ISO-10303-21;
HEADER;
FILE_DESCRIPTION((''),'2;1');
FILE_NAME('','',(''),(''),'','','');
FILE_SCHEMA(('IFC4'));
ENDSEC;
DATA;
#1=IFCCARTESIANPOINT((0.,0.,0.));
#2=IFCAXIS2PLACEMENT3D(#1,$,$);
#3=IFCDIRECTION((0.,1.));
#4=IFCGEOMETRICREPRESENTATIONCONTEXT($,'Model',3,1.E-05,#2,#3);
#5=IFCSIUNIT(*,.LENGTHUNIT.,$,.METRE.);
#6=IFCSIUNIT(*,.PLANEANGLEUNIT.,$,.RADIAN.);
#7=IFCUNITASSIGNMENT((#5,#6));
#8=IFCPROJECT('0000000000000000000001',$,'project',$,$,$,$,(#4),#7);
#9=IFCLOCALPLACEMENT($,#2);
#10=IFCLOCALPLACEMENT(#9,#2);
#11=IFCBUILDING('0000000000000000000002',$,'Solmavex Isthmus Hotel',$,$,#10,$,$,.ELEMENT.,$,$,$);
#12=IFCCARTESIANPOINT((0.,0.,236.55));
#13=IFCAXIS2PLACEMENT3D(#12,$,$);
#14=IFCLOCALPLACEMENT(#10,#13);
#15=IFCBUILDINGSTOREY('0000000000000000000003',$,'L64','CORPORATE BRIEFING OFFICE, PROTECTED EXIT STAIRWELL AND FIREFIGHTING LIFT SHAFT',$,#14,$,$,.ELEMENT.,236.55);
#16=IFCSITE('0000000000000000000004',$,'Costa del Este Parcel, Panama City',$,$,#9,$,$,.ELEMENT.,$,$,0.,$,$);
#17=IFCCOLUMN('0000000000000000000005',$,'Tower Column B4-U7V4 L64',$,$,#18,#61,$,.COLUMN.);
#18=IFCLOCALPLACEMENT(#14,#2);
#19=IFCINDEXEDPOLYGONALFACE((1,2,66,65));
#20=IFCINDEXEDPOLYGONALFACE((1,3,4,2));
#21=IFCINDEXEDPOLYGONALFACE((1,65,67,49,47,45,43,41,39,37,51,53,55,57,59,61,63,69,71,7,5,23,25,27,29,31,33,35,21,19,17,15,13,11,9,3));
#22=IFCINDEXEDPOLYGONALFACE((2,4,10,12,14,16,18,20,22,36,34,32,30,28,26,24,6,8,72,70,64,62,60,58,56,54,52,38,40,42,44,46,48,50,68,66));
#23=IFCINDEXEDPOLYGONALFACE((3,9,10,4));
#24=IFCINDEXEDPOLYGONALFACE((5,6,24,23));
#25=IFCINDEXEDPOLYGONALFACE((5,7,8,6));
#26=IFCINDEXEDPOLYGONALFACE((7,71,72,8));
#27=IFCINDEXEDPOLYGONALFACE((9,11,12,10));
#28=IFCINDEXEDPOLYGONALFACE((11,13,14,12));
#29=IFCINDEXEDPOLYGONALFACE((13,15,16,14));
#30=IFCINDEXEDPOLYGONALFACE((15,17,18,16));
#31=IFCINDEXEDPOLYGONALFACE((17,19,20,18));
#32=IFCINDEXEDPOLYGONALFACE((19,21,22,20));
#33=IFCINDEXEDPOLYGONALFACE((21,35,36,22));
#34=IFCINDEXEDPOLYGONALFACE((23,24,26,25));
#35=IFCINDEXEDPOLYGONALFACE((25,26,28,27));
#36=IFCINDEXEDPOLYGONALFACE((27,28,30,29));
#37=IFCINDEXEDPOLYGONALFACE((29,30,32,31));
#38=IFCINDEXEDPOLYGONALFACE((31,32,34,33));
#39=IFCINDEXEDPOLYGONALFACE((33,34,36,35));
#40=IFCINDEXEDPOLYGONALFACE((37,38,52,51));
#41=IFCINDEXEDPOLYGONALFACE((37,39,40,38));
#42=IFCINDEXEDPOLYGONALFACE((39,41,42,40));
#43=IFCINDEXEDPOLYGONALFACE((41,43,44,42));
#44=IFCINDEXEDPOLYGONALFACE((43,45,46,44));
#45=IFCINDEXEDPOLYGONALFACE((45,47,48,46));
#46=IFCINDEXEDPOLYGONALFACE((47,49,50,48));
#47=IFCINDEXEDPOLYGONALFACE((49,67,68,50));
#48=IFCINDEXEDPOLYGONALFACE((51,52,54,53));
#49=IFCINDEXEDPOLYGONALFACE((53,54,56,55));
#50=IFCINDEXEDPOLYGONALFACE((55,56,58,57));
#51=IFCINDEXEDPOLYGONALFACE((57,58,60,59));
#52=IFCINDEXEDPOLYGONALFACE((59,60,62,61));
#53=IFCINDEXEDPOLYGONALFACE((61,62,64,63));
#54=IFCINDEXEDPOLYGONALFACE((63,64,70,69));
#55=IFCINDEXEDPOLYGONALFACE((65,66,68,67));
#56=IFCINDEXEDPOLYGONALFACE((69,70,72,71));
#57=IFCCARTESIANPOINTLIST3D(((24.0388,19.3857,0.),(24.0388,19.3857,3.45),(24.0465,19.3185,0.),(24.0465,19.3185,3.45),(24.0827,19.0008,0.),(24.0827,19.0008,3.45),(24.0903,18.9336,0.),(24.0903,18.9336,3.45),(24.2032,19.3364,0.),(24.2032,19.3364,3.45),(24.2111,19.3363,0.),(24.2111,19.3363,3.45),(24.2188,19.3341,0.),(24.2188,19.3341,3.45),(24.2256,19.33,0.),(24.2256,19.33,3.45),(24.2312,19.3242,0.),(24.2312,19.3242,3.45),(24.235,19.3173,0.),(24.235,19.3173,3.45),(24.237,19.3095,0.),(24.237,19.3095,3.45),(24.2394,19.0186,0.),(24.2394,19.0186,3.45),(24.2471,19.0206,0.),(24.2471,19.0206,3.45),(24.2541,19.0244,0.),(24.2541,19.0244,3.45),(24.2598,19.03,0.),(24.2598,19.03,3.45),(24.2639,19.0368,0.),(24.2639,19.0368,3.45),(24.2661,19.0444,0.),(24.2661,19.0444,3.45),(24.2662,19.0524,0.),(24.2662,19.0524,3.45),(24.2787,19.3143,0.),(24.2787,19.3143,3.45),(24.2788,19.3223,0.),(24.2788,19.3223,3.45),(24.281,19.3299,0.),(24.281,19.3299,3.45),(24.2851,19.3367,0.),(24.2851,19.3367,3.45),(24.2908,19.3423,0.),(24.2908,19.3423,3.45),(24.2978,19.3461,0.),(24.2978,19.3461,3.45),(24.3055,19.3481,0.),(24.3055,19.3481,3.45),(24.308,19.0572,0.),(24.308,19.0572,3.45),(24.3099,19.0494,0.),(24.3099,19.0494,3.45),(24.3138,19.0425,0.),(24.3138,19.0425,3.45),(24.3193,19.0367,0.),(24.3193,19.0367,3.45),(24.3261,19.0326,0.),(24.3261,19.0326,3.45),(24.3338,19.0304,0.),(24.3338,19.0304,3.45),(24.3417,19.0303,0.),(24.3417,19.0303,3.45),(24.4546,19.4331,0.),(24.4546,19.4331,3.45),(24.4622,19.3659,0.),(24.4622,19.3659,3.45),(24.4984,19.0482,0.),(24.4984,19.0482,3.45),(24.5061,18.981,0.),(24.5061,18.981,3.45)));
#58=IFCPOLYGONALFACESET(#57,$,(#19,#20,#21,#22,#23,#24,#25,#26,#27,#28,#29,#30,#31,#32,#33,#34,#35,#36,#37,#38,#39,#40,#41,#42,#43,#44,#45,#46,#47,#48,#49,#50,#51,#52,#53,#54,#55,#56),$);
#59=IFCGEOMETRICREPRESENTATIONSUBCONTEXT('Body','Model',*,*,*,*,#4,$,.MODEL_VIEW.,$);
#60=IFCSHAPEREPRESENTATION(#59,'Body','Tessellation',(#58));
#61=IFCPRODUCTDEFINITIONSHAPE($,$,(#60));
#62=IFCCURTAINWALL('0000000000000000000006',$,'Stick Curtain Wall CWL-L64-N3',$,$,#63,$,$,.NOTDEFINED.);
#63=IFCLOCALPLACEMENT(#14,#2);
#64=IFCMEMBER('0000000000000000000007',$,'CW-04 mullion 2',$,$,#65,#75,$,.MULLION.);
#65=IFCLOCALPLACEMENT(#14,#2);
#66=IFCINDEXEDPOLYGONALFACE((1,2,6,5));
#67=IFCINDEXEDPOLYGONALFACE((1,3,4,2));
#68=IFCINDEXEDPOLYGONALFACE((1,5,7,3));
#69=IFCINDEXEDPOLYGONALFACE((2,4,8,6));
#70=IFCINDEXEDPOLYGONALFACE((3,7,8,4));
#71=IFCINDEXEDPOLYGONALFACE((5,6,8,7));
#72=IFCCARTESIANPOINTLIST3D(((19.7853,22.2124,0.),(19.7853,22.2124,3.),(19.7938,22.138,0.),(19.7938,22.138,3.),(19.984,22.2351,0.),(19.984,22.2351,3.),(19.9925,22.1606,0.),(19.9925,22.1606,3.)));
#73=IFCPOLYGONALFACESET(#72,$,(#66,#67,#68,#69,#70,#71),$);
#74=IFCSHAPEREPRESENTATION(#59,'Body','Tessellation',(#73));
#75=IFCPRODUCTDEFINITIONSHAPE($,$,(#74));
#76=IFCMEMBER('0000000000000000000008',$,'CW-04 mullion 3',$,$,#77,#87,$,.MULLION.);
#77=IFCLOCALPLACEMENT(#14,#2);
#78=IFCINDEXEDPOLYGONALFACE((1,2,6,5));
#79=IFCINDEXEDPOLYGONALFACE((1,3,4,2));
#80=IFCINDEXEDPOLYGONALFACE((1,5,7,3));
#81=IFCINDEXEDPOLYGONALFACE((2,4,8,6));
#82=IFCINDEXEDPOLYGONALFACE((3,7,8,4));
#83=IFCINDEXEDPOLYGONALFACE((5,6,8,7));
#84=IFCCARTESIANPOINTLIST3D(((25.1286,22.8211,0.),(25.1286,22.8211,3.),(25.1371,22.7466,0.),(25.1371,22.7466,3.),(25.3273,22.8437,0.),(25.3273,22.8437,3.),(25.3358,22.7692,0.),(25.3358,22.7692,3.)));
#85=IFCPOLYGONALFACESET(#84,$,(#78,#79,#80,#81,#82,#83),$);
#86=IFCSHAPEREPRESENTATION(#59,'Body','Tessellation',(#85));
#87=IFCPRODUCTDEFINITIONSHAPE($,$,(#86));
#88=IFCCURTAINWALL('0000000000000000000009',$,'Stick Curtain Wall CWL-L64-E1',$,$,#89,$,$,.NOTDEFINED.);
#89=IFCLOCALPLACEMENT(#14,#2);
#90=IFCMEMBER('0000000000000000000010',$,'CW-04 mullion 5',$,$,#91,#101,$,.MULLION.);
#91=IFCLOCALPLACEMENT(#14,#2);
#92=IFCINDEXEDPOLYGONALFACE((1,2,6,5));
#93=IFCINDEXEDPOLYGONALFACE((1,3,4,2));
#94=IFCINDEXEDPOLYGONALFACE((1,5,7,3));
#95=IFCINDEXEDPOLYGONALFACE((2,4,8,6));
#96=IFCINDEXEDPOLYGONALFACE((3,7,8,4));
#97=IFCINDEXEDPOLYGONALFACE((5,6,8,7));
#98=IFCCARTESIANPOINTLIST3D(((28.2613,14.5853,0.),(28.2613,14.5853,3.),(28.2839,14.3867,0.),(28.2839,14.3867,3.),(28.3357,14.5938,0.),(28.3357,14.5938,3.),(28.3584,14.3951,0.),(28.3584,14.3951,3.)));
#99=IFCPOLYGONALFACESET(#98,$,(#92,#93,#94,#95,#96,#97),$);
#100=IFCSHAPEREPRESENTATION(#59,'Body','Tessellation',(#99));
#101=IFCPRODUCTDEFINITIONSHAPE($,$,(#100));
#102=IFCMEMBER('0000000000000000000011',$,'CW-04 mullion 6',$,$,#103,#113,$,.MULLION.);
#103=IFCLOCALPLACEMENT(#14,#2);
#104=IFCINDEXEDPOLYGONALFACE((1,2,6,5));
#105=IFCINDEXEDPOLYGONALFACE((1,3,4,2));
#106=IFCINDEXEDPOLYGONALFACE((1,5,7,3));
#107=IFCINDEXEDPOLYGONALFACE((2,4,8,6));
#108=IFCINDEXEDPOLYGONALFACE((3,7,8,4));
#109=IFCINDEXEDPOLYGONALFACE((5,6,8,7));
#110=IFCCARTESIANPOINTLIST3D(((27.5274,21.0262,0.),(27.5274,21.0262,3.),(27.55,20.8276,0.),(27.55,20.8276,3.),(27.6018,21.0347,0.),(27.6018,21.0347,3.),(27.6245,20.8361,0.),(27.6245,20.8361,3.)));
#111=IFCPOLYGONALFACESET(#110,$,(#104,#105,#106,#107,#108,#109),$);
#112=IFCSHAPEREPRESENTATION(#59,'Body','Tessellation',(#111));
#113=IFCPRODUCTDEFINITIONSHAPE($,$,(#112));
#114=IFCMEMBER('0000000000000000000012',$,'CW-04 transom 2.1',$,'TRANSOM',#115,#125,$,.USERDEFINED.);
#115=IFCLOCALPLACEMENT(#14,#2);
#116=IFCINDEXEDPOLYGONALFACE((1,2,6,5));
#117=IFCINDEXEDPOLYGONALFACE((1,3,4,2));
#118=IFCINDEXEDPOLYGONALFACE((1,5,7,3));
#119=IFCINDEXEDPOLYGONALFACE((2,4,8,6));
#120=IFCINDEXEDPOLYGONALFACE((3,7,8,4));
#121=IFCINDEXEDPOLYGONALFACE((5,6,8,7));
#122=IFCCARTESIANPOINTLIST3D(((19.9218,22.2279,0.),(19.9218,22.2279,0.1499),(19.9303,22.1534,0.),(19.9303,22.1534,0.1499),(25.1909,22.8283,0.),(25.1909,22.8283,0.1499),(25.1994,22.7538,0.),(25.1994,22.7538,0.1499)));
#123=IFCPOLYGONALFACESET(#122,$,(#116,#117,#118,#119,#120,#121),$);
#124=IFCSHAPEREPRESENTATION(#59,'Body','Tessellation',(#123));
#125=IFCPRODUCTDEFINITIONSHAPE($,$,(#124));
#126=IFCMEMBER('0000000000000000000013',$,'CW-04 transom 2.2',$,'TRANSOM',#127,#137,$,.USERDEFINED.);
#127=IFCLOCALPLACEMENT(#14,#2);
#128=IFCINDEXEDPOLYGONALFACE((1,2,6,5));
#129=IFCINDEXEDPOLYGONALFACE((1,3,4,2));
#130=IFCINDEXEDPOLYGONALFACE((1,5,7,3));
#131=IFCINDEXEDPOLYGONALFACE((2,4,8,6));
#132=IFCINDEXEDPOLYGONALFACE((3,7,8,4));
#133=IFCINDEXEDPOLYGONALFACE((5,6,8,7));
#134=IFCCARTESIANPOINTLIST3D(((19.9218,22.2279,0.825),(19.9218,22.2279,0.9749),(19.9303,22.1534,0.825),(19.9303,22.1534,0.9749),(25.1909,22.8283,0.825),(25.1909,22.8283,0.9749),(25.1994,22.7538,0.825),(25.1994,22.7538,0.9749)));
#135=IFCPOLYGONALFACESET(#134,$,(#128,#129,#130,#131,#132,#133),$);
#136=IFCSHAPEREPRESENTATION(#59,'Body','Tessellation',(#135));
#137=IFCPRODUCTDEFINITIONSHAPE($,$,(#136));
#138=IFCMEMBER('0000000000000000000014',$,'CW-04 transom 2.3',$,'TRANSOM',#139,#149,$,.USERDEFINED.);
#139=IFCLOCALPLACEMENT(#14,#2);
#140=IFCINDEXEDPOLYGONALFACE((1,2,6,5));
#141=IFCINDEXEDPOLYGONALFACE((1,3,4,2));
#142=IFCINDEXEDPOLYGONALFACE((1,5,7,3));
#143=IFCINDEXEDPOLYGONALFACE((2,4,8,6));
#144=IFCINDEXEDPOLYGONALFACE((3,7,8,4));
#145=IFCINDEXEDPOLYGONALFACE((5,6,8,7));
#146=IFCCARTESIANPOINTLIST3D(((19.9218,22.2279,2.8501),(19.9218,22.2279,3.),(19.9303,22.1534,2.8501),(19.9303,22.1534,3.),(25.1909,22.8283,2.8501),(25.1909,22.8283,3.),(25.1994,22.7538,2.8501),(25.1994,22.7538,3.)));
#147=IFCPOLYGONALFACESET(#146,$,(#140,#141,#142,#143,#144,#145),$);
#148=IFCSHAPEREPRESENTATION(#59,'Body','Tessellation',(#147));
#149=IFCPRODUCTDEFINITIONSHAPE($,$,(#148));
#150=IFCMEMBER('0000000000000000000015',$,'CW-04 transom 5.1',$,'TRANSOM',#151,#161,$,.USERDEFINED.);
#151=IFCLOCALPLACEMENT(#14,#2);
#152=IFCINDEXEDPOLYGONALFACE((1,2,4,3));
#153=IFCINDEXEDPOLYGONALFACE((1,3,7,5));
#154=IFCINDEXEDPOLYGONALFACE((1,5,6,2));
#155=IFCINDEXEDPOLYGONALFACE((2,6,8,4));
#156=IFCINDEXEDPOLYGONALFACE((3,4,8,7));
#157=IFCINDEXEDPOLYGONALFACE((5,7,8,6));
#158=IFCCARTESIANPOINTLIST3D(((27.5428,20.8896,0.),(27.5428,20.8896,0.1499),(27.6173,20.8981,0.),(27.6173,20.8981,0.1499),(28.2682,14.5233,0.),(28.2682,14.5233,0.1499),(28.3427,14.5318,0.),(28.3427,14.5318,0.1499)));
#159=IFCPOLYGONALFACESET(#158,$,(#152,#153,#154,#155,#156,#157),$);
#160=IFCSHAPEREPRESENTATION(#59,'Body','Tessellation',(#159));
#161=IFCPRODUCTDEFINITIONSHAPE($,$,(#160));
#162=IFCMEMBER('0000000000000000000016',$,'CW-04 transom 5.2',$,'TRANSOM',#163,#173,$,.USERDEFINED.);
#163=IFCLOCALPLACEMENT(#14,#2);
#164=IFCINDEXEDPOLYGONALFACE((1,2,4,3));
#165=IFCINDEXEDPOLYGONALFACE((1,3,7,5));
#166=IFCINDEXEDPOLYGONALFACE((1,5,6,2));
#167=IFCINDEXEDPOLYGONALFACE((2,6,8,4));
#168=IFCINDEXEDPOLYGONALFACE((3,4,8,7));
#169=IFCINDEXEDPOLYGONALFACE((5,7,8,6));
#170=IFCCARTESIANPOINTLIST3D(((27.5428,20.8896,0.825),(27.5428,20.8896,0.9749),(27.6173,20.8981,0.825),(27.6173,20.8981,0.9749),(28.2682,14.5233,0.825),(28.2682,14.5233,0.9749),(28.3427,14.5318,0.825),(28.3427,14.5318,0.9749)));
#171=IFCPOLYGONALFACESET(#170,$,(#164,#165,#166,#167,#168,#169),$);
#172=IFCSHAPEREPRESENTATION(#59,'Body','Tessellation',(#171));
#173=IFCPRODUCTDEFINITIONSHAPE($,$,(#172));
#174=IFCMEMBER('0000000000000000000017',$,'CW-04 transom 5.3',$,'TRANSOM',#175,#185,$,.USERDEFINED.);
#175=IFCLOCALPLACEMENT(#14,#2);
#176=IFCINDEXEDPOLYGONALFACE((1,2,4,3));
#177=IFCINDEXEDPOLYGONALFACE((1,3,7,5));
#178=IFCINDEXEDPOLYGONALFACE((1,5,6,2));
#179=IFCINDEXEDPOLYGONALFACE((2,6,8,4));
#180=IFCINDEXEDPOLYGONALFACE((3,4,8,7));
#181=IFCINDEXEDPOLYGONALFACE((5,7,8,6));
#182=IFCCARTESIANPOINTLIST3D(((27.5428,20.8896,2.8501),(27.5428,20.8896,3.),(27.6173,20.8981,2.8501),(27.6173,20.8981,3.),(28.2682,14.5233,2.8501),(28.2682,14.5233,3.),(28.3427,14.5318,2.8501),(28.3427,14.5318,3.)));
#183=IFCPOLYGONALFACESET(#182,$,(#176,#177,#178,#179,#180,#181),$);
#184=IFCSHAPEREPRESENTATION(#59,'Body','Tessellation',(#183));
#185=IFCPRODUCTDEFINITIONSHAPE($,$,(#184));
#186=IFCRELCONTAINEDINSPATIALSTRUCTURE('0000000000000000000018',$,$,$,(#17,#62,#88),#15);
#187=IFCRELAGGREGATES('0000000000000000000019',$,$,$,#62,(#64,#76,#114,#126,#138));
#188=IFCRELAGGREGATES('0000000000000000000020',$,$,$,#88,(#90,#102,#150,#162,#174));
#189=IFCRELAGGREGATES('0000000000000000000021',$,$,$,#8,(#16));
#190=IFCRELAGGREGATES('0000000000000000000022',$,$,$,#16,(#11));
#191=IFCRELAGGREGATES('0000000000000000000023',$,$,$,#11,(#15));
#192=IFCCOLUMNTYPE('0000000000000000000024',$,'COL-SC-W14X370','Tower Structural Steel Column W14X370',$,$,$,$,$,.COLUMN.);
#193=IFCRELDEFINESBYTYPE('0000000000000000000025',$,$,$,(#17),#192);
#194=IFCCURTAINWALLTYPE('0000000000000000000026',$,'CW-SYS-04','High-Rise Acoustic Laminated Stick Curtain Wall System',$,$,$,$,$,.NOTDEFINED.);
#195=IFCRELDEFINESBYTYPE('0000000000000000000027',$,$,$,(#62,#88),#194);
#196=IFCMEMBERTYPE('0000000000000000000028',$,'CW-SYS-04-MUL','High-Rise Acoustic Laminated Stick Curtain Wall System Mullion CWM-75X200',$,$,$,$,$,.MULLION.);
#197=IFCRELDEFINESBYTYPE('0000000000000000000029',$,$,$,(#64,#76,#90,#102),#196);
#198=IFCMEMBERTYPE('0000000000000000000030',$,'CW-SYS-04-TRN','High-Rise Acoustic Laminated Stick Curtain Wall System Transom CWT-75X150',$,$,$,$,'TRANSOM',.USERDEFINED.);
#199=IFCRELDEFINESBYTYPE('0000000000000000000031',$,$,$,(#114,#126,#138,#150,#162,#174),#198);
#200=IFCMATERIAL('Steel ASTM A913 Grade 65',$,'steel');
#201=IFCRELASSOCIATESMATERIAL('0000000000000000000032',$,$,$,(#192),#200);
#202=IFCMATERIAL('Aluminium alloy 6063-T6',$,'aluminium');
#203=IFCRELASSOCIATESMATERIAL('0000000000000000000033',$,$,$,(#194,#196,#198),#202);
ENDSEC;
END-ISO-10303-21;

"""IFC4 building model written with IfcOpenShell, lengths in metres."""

from ifc_helpers import new_model, si_unit, direction, frame, origin, origin_2d, place, context, subcontext, project, spatial, rectangle, i_section, extrude, material, material_profile, profile_set, type_object, element, aggregate, save


model = new_model("IFC4")

# Units and contexts
model_context = context("Model", 3, precision=1e-05, world=origin(), true_north=direction((0.0, 1.0)))
body_context = subcontext(model_context, "Body", "Model", "MODEL_VIEW")
ifc_project = project(units=[si_unit("LENGTHUNIT", "METRE"), si_unit("PLANEANGLEUNIT", "RADIAN")], contexts=[model_context])

# Site, building, storey
site_placement = place(None, origin())
site = spatial("IfcSite", under=ifc_project, at=site_placement, Name="Costa del Este Parcel, Panama City", CompositionType="ELEMENT", RefElevation=0.0)
building_placement = place(site_placement, origin())
building = spatial("IfcBuilding", under=site, at=building_placement, Name="Solmavex Isthmus Hotel", CompositionType="ELEMENT")
storey_placement = place(building_placement, frame((0.0, 0.0, 236.55)))
storey = spatial("IfcBuildingStorey", under=building, at=storey_placement, Name="L64", Description="CORPORATE BRIEFING OFFICE, PROTECTED EXIT STAIRWELL AND FIREFIGHTING LIFT SHAFT", CompositionType="ELEMENT", Elevation=236.55)

# Column
ifc_material_1 = material(Name="Steel ASTM A913 Grade 65", Category="steel")
ifc_material_profile_1 = material_profile(ifc_material_1, i_section(OverallWidth=0.4185, OverallDepth=0.4551, WebThickness=0.042, FlangeThickness=0.0676, FilletRadius=0.0305, at=origin_2d()), Name="W14X370")
ifc_profile_set_1 = profile_set([ifc_material_profile_1], Name="Steel ASTM A913 Grade 65")
column_type = type_object("IfcColumnType", Name="COL-SC-W14X370", Description="Tower Structural Steel Column W14X370", PredefinedType="COLUMN", material=ifc_profile_set_1)
column_placement = place(storey_placement, frame((24.2725, 19.1833, 0.0), z_axis=(0.0, 0.0, 1.0), x_axis=(0.993572, 0.113203, 0.0)))
element("IfcColumn", 1, at=column_placement, inside=storey, type_object=column_type, Name="Tower Column B4-U7V4 L64", PredefinedType="COLUMN", context=body_context, shape_type="SweptSolid", body=[
    extrude(i_section(OverallWidth=0.4185, OverallDepth=0.4551, WebThickness=0.042, FlangeThickness=0.0676, FilletRadius=0.0305, at=origin_2d()), origin(), (0.0, 0.0, 1.0), 3.45),
])

# Curtain walls, members
ifc_material_2 = material(Name="Aluminium alloy 6063-T6", Category="aluminium")
curtain_wall_type = type_object("IfcCurtainWallType", Name="CW-SYS-04", Description="High-Rise Acoustic Laminated Stick Curtain Wall System", PredefinedType="NOTDEFINED", material=ifc_material_2)
curtain_wall_1_placement = place(storey_placement, origin())
curtain_wall_1 = element("IfcCurtainWall", 2, at=curtain_wall_1_placement, inside=storey, type_object=curtain_wall_type, Name="Stick Curtain Wall CWL-L64-N3", PredefinedType="NOTDEFINED")
ifc_material_profile_2 = material_profile(ifc_material_2, rectangle(XDim=0.075, YDim=0.2, at=origin_2d()), Name="CWM-75X200")
ifc_profile_set_2 = profile_set([ifc_material_profile_2], Name="Aluminium alloy 6063-T6")
member_type_1 = type_object("IfcMemberType", Name="CW-SYS-04-MUL", Description="High-Rise Acoustic Laminated Stick Curtain Wall System Mullion CWM-75X200", PredefinedType="MULLION", material=ifc_profile_set_2)
member_1_placement = place(storey_placement, frame((19.8889, 22.1865, 0.0), z_axis=(0.0, 0.0, 1.0), x_axis=(-0.113204, 0.993572, 0.0)))
member_1 = element("IfcMember", 3, at=member_1_placement, type_object=member_type_1, Name="CW-04 mullion 2", PredefinedType="MULLION", context=body_context, shape_type="SweptSolid", body=[
    extrude(rectangle(XDim=0.075, YDim=0.2, at=origin_2d()), origin(), (0.0, 0.0, 1.0), 3.0),
])
member_2_placement = place(storey_placement, frame((25.2322, 22.7952, 0.0), z_axis=(0.0, 0.0, 1.0), x_axis=(-0.113204, 0.993572, 0.0)))
member_2 = element("IfcMember", 4, at=member_2_placement, type_object=member_type_1, Name="CW-04 mullion 3", PredefinedType="MULLION", context=body_context, shape_type="SweptSolid", body=[
    extrude(rectangle(XDim=0.075, YDim=0.2, at=origin_2d()), origin(), (0.0, 0.0, 1.0), 3.0),
])
curtain_wall_2_placement = place(storey_placement, origin())
curtain_wall_2 = element("IfcCurtainWall", 5, at=curtain_wall_2_placement, inside=storey, type_object=curtain_wall_type, Name="Stick Curtain Wall CWL-L64-E1", PredefinedType="NOTDEFINED")
member_3_placement = place(storey_placement, frame((28.3098, 14.4902, 0.0), z_axis=(0.0, 0.0, 1.0), x_axis=(-0.993572, -0.113203, 0.0)))
member_3 = element("IfcMember", 6, at=member_3_placement, type_object=member_type_1, Name="CW-04 mullion 5", PredefinedType="MULLION", context=body_context, shape_type="SweptSolid", body=[
    extrude(rectangle(XDim=0.075, YDim=0.2, at=origin_2d()), origin(), (0.0, 0.0, 1.0), 3.0),
])
member_4_placement = place(storey_placement, frame((27.5759, 20.9312, 0.0), z_axis=(0.0, 0.0, 1.0), x_axis=(-0.993572, -0.113203, 0.0)))
member_4 = element("IfcMember", 7, at=member_4_placement, type_object=member_type_1, Name="CW-04 mullion 6", PredefinedType="MULLION", context=body_context, shape_type="SweptSolid", body=[
    extrude(rectangle(XDim=0.075, YDim=0.2, at=origin_2d()), origin(), (0.0, 0.0, 1.0), 3.0),
])

# Members
ifc_material_profile_3 = material_profile(ifc_material_2, rectangle(XDim=0.075, YDim=0.1499, at=origin_2d()), Name="CWT-75X150")
ifc_profile_set_3 = profile_set([ifc_material_profile_3], Name="Aluminium alloy 6063-T6")
member_type_2 = type_object("IfcMemberType", Name="CW-SYS-04-TRN", Description="High-Rise Acoustic Laminated Stick Curtain Wall System Transom CWT-75X150", ElementType="TRANSOM", PredefinedType="USERDEFINED", material=ifc_profile_set_3)
member_5_placement = place(storey_placement, frame((19.926, 22.1907, 0.075), z_axis=(0.993572, 0.113205, 0.0), x_axis=(-0.113205, 0.993572, 0.0)))
member_5 = element("IfcMember", 8, at=member_5_placement, type_object=member_type_2, Name="CW-04 transom 2.1", ObjectType="TRANSOM", PredefinedType="USERDEFINED", context=body_context, shape_type="SweptSolid", body=[
    extrude(rectangle(XDim=0.075, YDim=0.1499, at=origin_2d()), origin(), (0.0, 0.0, 1.0), 5.3032),
])
member_6_placement = place(storey_placement, frame((19.926, 22.1907, 0.8999), z_axis=(0.993572, 0.113205, 0.0), x_axis=(-0.113205, 0.993572, 0.0)))
member_6 = element("IfcMember", 9, at=member_6_placement, type_object=member_type_2, Name="CW-04 transom 2.2", ObjectType="TRANSOM", PredefinedType="USERDEFINED", context=body_context, shape_type="SweptSolid", body=[
    extrude(rectangle(XDim=0.075, YDim=0.1499, at=origin_2d()), origin(), (0.0, 0.0, 1.0), 5.3032),
])
member_7_placement = place(storey_placement, frame((19.926, 22.1907, 2.925), z_axis=(0.993572, 0.113205, 0.0), x_axis=(-0.113205, 0.993572, 0.0)))
member_7 = element("IfcMember", 10, at=member_7_placement, type_object=member_type_2, Name="CW-04 transom 2.3", ObjectType="TRANSOM", PredefinedType="USERDEFINED", context=body_context, shape_type="SweptSolid", body=[
    extrude(rectangle(XDim=0.075, YDim=0.1499, at=origin_2d()), origin(), (0.0, 0.0, 1.0), 5.3032),
])
member_8_placement = place(storey_placement, frame((28.3054, 14.5276, 0.075), z_axis=(-0.113204, 0.993572, 0.0), x_axis=(-0.993572, -0.113204, 0.0)))
member_8 = element("IfcMember", 11, at=member_8_placement, type_object=member_type_2, Name="CW-04 transom 5.1", ObjectType="TRANSOM", PredefinedType="USERDEFINED", context=body_context, shape_type="SweptSolid", body=[
    extrude(rectangle(XDim=0.075, YDim=0.1499, at=origin_2d()), origin(), (0.0, 0.0, 1.0), 6.4075),
])
member_9_placement = place(storey_placement, frame((28.3054, 14.5276, 0.8999), z_axis=(-0.113204, 0.993572, 0.0), x_axis=(-0.993572, -0.113204, 0.0)))
member_9 = element("IfcMember", 12, at=member_9_placement, type_object=member_type_2, Name="CW-04 transom 5.2", ObjectType="TRANSOM", PredefinedType="USERDEFINED", context=body_context, shape_type="SweptSolid", body=[
    extrude(rectangle(XDim=0.075, YDim=0.1499, at=origin_2d()), origin(), (0.0, 0.0, 1.0), 6.4075),
])
member_10_placement = place(storey_placement, frame((28.3054, 14.5276, 2.925), z_axis=(-0.113204, 0.993572, 0.0), x_axis=(-0.993572, -0.113204, 0.0)))
member_10 = element("IfcMember", 13, at=member_10_placement, type_object=member_type_2, Name="CW-04 transom 5.3", ObjectType="TRANSOM", PredefinedType="USERDEFINED", context=body_context, shape_type="SweptSolid", body=[
    extrude(rectangle(XDim=0.075, YDim=0.1499, at=origin_2d()), origin(), (0.0, 0.0, 1.0), 6.4075),
])

aggregate(curtain_wall_1, [member_1, member_2, member_5, member_6, member_7])
aggregate(curtain_wall_2, [member_3, member_4, member_8, member_9, member_10])

save(model, "model.ifc")
